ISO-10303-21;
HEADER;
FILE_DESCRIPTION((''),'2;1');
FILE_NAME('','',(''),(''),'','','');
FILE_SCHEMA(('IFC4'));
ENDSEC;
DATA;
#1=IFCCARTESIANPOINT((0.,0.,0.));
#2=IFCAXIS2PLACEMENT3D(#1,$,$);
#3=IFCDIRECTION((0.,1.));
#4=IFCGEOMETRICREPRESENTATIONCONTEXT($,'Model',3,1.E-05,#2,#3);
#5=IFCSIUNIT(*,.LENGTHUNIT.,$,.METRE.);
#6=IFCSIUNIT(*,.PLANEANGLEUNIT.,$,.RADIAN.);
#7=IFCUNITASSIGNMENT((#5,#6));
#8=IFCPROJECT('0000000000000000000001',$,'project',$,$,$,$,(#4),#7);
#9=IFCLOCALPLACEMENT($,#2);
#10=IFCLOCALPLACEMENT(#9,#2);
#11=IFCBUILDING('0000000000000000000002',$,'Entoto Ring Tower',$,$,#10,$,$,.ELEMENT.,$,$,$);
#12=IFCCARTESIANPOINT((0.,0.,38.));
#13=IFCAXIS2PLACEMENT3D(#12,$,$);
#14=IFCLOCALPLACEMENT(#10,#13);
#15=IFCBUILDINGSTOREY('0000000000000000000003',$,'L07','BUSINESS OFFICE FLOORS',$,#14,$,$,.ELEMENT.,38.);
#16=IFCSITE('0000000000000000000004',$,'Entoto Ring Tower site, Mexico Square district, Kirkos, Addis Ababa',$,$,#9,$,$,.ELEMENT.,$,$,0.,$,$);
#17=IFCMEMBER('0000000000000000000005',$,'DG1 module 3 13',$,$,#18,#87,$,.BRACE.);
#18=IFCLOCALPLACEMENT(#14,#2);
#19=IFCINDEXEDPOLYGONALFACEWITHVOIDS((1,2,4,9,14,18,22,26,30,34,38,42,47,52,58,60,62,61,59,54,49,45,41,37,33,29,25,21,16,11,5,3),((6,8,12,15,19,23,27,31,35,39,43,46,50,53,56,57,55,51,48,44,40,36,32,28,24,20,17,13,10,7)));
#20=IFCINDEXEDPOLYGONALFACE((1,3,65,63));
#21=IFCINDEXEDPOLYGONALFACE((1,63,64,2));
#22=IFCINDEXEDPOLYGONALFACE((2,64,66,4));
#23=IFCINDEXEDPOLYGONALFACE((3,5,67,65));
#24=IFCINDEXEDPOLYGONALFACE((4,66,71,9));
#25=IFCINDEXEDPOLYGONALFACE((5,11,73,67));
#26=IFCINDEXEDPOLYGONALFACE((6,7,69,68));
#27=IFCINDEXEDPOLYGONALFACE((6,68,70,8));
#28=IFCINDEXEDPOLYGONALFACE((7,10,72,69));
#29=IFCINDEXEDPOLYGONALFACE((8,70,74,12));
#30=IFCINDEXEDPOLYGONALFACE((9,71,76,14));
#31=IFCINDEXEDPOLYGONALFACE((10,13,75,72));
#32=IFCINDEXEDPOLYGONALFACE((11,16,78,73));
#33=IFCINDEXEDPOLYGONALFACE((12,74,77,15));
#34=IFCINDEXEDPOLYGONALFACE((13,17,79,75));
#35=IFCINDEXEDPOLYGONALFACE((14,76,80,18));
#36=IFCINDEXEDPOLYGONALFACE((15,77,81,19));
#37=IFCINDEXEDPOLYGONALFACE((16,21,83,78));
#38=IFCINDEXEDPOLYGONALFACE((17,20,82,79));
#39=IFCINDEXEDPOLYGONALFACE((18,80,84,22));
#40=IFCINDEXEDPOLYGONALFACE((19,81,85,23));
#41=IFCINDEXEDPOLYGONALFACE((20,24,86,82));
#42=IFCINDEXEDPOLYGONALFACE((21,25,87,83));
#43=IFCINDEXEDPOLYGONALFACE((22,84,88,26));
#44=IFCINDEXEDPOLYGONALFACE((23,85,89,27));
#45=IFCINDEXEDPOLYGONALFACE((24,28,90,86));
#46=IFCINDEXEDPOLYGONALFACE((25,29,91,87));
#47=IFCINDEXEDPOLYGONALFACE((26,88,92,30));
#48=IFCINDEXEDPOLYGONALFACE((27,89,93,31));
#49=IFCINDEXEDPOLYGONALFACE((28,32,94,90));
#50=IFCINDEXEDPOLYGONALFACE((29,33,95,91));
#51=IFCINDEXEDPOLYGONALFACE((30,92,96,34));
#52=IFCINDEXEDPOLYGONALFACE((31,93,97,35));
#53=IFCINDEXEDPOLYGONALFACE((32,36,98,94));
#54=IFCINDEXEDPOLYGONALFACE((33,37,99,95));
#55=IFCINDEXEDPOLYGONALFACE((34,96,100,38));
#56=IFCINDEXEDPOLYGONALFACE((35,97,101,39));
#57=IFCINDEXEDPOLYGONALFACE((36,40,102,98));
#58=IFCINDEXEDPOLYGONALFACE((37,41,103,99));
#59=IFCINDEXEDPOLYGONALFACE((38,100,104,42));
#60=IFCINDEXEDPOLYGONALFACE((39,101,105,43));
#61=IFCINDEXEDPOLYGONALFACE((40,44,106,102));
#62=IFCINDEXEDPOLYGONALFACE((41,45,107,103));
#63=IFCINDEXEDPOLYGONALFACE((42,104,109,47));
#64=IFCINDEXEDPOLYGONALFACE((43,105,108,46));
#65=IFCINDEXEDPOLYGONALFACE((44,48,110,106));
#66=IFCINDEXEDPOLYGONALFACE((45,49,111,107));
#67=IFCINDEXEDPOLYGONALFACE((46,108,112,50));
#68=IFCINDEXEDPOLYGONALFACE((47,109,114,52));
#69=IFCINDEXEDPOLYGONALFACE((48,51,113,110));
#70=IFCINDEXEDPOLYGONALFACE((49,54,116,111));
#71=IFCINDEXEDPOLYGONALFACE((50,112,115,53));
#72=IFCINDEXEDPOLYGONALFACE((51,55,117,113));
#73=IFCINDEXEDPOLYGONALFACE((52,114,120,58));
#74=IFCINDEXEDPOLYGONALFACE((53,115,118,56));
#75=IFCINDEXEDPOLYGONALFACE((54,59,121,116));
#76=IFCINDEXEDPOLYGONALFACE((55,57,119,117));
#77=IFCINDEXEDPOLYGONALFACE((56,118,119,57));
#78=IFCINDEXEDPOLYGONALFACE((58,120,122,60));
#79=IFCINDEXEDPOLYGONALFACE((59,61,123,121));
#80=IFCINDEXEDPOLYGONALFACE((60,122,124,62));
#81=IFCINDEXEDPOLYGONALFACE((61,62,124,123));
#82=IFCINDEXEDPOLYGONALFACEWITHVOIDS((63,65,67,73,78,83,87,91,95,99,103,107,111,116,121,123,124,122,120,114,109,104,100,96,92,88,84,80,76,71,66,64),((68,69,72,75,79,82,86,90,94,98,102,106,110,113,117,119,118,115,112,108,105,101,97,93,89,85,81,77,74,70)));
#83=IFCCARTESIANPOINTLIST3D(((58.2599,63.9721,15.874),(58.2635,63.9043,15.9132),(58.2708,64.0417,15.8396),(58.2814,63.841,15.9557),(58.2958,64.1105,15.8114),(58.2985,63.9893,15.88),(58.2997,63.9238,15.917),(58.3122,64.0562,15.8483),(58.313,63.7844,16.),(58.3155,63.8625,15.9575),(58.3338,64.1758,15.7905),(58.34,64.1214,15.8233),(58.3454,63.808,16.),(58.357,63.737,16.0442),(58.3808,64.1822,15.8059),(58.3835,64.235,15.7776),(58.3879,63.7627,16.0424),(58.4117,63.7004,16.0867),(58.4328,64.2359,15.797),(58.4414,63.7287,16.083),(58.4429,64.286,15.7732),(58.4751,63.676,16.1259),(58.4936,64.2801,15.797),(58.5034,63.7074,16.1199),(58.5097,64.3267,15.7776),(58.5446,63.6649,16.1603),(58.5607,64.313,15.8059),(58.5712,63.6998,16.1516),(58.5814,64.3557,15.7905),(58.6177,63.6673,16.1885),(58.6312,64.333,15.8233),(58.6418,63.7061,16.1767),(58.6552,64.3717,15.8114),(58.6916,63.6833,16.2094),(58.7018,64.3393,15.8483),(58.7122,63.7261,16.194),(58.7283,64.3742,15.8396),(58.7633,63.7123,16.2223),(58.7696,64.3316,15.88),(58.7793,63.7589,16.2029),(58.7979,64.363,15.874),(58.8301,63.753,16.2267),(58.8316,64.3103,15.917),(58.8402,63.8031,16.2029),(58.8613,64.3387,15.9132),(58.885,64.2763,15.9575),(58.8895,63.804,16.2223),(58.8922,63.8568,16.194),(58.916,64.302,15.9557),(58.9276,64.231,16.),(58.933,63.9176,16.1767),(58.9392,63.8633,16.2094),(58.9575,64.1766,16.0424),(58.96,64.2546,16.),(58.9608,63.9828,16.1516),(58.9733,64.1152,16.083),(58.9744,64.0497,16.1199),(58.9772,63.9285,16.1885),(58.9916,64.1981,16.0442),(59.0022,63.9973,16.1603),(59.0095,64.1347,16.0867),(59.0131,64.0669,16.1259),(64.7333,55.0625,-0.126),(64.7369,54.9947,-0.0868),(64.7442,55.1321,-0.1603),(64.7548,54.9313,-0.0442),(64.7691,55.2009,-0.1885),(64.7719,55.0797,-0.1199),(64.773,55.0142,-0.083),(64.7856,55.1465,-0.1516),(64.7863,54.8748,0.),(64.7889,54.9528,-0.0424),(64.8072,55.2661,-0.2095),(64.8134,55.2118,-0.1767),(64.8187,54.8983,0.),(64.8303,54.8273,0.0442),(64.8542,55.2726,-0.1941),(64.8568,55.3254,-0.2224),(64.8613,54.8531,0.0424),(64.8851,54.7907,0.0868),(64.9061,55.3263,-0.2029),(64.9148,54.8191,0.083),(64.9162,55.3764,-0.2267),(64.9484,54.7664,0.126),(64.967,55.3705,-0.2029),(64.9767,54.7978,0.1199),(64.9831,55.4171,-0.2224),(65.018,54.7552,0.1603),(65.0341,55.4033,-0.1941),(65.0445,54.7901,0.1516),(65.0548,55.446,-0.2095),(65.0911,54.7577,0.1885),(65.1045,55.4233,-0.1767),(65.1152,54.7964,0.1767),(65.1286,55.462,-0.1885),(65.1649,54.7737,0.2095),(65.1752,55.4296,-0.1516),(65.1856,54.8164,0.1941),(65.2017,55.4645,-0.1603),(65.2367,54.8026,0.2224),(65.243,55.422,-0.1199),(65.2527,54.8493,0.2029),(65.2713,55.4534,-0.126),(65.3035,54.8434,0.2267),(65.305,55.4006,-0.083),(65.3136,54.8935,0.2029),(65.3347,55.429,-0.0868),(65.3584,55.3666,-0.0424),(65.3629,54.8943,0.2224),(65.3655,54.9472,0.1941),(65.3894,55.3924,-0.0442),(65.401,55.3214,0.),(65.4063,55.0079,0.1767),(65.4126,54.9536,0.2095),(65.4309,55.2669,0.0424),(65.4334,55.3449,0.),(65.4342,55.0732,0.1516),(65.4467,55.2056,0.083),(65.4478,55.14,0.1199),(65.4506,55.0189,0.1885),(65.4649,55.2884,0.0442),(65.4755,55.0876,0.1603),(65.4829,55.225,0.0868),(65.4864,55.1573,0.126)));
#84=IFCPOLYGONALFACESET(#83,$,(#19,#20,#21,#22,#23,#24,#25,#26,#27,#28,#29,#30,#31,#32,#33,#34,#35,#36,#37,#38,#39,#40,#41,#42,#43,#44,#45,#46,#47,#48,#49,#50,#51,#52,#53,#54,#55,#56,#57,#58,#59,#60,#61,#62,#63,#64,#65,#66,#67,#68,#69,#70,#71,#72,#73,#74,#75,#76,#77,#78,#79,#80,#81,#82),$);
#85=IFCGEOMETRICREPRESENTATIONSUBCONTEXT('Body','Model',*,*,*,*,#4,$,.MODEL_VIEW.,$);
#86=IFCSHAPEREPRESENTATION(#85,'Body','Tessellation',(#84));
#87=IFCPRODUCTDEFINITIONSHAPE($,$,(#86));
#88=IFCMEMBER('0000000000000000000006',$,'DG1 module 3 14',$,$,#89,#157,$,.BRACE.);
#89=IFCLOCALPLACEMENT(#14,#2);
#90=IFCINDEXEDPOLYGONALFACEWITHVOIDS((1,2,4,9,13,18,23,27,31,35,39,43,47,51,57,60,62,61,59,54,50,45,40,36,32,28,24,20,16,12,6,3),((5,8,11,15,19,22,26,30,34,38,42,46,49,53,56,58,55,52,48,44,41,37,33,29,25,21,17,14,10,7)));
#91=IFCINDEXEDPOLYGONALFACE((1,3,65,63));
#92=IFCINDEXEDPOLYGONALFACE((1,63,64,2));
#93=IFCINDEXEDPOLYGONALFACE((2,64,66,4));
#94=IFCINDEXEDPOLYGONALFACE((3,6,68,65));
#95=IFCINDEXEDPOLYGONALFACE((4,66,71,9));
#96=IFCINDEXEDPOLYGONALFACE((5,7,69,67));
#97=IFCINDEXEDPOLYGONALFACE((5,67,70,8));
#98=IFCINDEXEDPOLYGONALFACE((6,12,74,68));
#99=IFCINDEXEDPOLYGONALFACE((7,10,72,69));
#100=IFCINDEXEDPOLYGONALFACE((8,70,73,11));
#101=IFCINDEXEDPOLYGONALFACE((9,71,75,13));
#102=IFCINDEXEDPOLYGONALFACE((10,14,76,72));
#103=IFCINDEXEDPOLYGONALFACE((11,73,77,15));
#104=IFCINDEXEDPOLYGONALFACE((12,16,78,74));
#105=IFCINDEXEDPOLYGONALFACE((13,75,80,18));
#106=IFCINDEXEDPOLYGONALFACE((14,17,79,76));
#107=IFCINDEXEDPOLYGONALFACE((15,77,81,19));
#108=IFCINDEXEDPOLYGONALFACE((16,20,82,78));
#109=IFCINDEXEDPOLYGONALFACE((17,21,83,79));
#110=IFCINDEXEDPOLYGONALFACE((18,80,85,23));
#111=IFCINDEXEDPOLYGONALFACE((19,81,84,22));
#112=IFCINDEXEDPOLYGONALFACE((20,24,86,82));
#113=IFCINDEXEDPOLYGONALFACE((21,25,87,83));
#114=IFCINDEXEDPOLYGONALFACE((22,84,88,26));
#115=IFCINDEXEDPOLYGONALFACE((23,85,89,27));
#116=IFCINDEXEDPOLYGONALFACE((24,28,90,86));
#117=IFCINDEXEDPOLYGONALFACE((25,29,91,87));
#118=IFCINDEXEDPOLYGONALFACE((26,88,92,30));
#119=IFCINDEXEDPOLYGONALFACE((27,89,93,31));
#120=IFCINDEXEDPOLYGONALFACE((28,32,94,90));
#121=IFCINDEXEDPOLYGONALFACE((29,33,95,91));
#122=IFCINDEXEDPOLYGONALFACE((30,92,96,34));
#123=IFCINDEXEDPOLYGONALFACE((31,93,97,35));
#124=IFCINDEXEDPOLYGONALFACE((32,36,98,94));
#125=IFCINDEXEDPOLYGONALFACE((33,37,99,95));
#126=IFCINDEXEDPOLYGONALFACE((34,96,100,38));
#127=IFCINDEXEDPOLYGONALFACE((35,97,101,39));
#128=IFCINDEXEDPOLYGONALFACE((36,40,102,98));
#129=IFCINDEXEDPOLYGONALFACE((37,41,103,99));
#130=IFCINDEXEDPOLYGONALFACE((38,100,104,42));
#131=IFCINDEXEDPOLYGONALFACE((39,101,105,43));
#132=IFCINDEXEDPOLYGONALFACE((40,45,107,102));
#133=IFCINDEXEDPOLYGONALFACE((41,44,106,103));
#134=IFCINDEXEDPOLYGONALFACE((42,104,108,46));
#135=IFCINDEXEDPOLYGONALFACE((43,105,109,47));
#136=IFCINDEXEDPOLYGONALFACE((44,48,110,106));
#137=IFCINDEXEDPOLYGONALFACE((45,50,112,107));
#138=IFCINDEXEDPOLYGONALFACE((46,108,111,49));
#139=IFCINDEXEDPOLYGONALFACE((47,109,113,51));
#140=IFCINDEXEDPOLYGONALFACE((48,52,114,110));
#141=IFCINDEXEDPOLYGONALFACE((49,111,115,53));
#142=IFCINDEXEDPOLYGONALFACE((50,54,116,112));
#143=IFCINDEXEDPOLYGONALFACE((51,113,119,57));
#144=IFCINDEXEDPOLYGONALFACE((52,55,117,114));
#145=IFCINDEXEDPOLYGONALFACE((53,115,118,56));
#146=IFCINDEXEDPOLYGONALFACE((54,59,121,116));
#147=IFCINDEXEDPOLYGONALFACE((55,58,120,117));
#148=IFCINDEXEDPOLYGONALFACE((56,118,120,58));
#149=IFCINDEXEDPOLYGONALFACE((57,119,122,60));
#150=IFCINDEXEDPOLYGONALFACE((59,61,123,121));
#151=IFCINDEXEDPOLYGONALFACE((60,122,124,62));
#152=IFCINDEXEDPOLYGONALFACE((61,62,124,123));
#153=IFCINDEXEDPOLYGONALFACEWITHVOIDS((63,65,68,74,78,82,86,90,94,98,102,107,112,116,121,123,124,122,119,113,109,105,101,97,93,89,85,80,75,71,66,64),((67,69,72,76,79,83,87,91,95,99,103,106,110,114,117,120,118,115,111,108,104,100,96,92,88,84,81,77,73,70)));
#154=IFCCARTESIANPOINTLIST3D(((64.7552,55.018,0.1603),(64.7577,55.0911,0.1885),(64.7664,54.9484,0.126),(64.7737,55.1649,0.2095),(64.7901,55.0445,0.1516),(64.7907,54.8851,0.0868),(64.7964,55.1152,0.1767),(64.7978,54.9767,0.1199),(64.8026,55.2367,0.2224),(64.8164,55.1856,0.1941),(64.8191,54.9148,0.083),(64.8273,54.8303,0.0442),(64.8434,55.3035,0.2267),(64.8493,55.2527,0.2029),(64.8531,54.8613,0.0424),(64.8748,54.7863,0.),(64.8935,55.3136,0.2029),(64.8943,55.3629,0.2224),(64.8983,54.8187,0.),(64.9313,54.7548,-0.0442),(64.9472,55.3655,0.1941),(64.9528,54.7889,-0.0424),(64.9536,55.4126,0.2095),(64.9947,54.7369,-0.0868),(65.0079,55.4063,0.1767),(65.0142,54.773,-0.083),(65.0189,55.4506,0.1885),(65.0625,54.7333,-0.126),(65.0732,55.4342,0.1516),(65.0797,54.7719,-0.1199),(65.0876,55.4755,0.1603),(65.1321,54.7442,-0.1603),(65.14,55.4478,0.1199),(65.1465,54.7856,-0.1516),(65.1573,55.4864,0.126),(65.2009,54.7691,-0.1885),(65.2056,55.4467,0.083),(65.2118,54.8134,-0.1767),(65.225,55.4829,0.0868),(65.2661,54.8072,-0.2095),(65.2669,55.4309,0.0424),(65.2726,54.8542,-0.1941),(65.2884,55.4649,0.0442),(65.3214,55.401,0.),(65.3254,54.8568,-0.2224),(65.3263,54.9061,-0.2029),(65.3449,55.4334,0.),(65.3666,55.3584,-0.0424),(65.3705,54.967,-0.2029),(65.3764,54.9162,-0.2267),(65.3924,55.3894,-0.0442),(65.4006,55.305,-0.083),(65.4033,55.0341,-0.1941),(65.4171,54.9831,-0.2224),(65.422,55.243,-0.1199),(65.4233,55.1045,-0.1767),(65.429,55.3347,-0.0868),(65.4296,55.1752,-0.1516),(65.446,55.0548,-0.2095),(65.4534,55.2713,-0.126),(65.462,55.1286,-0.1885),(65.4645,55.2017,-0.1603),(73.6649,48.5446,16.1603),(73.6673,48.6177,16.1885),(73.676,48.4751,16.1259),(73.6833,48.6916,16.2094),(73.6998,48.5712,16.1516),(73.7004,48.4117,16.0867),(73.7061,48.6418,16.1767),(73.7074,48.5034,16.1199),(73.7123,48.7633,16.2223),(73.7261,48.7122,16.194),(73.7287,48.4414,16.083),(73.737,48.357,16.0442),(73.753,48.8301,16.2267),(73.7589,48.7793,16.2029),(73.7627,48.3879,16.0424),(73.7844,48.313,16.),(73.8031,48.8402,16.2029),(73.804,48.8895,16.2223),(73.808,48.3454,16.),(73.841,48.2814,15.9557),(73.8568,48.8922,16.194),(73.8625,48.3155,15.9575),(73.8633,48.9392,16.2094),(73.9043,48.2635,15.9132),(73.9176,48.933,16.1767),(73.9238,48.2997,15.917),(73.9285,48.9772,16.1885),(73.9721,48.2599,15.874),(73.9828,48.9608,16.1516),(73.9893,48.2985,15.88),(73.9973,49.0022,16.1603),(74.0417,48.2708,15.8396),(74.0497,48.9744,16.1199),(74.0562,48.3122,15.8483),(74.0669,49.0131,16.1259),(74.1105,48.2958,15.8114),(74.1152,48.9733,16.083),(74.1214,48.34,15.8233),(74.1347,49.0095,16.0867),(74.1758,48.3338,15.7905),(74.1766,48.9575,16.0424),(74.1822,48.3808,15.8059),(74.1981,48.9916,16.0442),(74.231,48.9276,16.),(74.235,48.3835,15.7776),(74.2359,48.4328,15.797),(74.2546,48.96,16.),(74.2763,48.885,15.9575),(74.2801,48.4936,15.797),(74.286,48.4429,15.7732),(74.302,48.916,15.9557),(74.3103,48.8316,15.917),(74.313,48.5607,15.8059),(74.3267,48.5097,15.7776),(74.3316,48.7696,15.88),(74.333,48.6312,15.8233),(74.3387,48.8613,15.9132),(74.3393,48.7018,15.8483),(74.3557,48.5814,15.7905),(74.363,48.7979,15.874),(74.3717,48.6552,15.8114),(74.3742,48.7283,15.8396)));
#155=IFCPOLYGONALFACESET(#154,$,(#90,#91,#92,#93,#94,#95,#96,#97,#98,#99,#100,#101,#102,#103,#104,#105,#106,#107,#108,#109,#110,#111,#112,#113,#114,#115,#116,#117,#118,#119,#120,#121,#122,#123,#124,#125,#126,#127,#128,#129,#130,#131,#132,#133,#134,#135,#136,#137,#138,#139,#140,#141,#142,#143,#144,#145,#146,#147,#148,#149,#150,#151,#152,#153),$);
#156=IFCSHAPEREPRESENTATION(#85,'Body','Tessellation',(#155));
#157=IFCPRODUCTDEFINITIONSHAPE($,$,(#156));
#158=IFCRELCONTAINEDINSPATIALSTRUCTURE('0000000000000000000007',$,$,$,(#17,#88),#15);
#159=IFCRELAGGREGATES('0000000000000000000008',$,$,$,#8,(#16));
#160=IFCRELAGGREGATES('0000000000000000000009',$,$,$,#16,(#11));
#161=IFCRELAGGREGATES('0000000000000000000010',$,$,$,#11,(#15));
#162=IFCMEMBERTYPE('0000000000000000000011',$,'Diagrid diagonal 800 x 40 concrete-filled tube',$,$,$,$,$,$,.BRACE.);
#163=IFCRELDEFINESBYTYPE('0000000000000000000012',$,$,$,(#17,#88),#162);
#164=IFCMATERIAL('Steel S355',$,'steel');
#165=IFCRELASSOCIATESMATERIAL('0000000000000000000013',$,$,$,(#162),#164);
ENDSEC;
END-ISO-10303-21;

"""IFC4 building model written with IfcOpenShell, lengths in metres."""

from ifc_helpers import new_model, si_unit, direction, frame, origin, origin_2d, place, context, subcontext, project, spatial, circle, hollow_circle, extrude, material, material_profile, profile_set, type_object, element, save


model = new_model("IFC4")

# Units and contexts
model_context = context("Model", 3, precision=1e-05, world=origin(), true_north=direction((0.0, 1.0)))
body_context = subcontext(model_context, "Body", "Model", "MODEL_VIEW")
ifc_project = project(units=[si_unit("LENGTHUNIT", "METRE"), si_unit("PLANEANGLEUNIT", "RADIAN")], contexts=[model_context])

# Site, building, storey
site_placement = place(None, origin())
site = spatial("IfcSite", under=ifc_project, at=site_placement, Name="Entoto Ring Tower site, Mexico Square district, Kirkos, Addis Ababa", CompositionType="ELEMENT", RefElevation=0.0)
building_placement = place(site_placement, origin())
building = spatial("IfcBuilding", under=site, at=building_placement, Name="Entoto Ring Tower", CompositionType="ELEMENT")
storey_placement = place(building_placement, frame((0.0, 0.0, 38.0)))
storey = spatial("IfcBuildingStorey", under=building, at=storey_placement, Name="L07", Description="BUSINESS OFFICE FLOORS", CompositionType="ELEMENT", Elevation=38.0)

# Members
ifc_material_1 = material(Name="Steel S355", Category="steel")
ifc_material_profile_1 = material_profile(ifc_material_1, hollow_circle(Radius=0.3999, WallThickness=0.04, at=origin_2d()), Name="CHS 800 x 40")
ifc_material_2 = material(Name="Concrete C60/75", Category="concrete")
ifc_material_profile_2 = material_profile(ifc_material_2, circle(Radius=0.3601, at=origin_2d()), Name="Concrete C60/75 infill")
ifc_profile_set_1 = profile_set([ifc_material_profile_1, ifc_material_profile_2], Name="Steel S355")
member_type_1 = type_object("IfcMemberType", Name="Diagrid diagonal 800 x 40 concrete-filled tube", PredefinedType="BRACE", material=ifc_profile_set_1)
for number, where, z_axis, x_axis, name in (
    (1, (65.1099, 55.1099, 0.0), (-0.33327, 0.458697, 0.823729), (-0.809011, -0.587793, 0.0), "DG1 module 3 13"),
    (2, (65.1099, 55.1099, 0.0), (0.458697, -0.33327, 0.823729), (0.587793, 0.809011, 0.0), "DG1 module 3 14"),
):
    element("IfcMember", number, at=place(storey_placement, frame(where, z_axis=z_axis, x_axis=x_axis)), inside=storey, type_object=member_type_1, Name=name, PredefinedType="BRACE", context=body_context, shape_type="SweptSolid", body=[
        extrude(hollow_circle(Radius=0.3999, WallThickness=0.04, at=origin_2d()), origin(), (0.0, 0.0, 1.0), 19.4238),
    ])

save(model, "model.ifc")
